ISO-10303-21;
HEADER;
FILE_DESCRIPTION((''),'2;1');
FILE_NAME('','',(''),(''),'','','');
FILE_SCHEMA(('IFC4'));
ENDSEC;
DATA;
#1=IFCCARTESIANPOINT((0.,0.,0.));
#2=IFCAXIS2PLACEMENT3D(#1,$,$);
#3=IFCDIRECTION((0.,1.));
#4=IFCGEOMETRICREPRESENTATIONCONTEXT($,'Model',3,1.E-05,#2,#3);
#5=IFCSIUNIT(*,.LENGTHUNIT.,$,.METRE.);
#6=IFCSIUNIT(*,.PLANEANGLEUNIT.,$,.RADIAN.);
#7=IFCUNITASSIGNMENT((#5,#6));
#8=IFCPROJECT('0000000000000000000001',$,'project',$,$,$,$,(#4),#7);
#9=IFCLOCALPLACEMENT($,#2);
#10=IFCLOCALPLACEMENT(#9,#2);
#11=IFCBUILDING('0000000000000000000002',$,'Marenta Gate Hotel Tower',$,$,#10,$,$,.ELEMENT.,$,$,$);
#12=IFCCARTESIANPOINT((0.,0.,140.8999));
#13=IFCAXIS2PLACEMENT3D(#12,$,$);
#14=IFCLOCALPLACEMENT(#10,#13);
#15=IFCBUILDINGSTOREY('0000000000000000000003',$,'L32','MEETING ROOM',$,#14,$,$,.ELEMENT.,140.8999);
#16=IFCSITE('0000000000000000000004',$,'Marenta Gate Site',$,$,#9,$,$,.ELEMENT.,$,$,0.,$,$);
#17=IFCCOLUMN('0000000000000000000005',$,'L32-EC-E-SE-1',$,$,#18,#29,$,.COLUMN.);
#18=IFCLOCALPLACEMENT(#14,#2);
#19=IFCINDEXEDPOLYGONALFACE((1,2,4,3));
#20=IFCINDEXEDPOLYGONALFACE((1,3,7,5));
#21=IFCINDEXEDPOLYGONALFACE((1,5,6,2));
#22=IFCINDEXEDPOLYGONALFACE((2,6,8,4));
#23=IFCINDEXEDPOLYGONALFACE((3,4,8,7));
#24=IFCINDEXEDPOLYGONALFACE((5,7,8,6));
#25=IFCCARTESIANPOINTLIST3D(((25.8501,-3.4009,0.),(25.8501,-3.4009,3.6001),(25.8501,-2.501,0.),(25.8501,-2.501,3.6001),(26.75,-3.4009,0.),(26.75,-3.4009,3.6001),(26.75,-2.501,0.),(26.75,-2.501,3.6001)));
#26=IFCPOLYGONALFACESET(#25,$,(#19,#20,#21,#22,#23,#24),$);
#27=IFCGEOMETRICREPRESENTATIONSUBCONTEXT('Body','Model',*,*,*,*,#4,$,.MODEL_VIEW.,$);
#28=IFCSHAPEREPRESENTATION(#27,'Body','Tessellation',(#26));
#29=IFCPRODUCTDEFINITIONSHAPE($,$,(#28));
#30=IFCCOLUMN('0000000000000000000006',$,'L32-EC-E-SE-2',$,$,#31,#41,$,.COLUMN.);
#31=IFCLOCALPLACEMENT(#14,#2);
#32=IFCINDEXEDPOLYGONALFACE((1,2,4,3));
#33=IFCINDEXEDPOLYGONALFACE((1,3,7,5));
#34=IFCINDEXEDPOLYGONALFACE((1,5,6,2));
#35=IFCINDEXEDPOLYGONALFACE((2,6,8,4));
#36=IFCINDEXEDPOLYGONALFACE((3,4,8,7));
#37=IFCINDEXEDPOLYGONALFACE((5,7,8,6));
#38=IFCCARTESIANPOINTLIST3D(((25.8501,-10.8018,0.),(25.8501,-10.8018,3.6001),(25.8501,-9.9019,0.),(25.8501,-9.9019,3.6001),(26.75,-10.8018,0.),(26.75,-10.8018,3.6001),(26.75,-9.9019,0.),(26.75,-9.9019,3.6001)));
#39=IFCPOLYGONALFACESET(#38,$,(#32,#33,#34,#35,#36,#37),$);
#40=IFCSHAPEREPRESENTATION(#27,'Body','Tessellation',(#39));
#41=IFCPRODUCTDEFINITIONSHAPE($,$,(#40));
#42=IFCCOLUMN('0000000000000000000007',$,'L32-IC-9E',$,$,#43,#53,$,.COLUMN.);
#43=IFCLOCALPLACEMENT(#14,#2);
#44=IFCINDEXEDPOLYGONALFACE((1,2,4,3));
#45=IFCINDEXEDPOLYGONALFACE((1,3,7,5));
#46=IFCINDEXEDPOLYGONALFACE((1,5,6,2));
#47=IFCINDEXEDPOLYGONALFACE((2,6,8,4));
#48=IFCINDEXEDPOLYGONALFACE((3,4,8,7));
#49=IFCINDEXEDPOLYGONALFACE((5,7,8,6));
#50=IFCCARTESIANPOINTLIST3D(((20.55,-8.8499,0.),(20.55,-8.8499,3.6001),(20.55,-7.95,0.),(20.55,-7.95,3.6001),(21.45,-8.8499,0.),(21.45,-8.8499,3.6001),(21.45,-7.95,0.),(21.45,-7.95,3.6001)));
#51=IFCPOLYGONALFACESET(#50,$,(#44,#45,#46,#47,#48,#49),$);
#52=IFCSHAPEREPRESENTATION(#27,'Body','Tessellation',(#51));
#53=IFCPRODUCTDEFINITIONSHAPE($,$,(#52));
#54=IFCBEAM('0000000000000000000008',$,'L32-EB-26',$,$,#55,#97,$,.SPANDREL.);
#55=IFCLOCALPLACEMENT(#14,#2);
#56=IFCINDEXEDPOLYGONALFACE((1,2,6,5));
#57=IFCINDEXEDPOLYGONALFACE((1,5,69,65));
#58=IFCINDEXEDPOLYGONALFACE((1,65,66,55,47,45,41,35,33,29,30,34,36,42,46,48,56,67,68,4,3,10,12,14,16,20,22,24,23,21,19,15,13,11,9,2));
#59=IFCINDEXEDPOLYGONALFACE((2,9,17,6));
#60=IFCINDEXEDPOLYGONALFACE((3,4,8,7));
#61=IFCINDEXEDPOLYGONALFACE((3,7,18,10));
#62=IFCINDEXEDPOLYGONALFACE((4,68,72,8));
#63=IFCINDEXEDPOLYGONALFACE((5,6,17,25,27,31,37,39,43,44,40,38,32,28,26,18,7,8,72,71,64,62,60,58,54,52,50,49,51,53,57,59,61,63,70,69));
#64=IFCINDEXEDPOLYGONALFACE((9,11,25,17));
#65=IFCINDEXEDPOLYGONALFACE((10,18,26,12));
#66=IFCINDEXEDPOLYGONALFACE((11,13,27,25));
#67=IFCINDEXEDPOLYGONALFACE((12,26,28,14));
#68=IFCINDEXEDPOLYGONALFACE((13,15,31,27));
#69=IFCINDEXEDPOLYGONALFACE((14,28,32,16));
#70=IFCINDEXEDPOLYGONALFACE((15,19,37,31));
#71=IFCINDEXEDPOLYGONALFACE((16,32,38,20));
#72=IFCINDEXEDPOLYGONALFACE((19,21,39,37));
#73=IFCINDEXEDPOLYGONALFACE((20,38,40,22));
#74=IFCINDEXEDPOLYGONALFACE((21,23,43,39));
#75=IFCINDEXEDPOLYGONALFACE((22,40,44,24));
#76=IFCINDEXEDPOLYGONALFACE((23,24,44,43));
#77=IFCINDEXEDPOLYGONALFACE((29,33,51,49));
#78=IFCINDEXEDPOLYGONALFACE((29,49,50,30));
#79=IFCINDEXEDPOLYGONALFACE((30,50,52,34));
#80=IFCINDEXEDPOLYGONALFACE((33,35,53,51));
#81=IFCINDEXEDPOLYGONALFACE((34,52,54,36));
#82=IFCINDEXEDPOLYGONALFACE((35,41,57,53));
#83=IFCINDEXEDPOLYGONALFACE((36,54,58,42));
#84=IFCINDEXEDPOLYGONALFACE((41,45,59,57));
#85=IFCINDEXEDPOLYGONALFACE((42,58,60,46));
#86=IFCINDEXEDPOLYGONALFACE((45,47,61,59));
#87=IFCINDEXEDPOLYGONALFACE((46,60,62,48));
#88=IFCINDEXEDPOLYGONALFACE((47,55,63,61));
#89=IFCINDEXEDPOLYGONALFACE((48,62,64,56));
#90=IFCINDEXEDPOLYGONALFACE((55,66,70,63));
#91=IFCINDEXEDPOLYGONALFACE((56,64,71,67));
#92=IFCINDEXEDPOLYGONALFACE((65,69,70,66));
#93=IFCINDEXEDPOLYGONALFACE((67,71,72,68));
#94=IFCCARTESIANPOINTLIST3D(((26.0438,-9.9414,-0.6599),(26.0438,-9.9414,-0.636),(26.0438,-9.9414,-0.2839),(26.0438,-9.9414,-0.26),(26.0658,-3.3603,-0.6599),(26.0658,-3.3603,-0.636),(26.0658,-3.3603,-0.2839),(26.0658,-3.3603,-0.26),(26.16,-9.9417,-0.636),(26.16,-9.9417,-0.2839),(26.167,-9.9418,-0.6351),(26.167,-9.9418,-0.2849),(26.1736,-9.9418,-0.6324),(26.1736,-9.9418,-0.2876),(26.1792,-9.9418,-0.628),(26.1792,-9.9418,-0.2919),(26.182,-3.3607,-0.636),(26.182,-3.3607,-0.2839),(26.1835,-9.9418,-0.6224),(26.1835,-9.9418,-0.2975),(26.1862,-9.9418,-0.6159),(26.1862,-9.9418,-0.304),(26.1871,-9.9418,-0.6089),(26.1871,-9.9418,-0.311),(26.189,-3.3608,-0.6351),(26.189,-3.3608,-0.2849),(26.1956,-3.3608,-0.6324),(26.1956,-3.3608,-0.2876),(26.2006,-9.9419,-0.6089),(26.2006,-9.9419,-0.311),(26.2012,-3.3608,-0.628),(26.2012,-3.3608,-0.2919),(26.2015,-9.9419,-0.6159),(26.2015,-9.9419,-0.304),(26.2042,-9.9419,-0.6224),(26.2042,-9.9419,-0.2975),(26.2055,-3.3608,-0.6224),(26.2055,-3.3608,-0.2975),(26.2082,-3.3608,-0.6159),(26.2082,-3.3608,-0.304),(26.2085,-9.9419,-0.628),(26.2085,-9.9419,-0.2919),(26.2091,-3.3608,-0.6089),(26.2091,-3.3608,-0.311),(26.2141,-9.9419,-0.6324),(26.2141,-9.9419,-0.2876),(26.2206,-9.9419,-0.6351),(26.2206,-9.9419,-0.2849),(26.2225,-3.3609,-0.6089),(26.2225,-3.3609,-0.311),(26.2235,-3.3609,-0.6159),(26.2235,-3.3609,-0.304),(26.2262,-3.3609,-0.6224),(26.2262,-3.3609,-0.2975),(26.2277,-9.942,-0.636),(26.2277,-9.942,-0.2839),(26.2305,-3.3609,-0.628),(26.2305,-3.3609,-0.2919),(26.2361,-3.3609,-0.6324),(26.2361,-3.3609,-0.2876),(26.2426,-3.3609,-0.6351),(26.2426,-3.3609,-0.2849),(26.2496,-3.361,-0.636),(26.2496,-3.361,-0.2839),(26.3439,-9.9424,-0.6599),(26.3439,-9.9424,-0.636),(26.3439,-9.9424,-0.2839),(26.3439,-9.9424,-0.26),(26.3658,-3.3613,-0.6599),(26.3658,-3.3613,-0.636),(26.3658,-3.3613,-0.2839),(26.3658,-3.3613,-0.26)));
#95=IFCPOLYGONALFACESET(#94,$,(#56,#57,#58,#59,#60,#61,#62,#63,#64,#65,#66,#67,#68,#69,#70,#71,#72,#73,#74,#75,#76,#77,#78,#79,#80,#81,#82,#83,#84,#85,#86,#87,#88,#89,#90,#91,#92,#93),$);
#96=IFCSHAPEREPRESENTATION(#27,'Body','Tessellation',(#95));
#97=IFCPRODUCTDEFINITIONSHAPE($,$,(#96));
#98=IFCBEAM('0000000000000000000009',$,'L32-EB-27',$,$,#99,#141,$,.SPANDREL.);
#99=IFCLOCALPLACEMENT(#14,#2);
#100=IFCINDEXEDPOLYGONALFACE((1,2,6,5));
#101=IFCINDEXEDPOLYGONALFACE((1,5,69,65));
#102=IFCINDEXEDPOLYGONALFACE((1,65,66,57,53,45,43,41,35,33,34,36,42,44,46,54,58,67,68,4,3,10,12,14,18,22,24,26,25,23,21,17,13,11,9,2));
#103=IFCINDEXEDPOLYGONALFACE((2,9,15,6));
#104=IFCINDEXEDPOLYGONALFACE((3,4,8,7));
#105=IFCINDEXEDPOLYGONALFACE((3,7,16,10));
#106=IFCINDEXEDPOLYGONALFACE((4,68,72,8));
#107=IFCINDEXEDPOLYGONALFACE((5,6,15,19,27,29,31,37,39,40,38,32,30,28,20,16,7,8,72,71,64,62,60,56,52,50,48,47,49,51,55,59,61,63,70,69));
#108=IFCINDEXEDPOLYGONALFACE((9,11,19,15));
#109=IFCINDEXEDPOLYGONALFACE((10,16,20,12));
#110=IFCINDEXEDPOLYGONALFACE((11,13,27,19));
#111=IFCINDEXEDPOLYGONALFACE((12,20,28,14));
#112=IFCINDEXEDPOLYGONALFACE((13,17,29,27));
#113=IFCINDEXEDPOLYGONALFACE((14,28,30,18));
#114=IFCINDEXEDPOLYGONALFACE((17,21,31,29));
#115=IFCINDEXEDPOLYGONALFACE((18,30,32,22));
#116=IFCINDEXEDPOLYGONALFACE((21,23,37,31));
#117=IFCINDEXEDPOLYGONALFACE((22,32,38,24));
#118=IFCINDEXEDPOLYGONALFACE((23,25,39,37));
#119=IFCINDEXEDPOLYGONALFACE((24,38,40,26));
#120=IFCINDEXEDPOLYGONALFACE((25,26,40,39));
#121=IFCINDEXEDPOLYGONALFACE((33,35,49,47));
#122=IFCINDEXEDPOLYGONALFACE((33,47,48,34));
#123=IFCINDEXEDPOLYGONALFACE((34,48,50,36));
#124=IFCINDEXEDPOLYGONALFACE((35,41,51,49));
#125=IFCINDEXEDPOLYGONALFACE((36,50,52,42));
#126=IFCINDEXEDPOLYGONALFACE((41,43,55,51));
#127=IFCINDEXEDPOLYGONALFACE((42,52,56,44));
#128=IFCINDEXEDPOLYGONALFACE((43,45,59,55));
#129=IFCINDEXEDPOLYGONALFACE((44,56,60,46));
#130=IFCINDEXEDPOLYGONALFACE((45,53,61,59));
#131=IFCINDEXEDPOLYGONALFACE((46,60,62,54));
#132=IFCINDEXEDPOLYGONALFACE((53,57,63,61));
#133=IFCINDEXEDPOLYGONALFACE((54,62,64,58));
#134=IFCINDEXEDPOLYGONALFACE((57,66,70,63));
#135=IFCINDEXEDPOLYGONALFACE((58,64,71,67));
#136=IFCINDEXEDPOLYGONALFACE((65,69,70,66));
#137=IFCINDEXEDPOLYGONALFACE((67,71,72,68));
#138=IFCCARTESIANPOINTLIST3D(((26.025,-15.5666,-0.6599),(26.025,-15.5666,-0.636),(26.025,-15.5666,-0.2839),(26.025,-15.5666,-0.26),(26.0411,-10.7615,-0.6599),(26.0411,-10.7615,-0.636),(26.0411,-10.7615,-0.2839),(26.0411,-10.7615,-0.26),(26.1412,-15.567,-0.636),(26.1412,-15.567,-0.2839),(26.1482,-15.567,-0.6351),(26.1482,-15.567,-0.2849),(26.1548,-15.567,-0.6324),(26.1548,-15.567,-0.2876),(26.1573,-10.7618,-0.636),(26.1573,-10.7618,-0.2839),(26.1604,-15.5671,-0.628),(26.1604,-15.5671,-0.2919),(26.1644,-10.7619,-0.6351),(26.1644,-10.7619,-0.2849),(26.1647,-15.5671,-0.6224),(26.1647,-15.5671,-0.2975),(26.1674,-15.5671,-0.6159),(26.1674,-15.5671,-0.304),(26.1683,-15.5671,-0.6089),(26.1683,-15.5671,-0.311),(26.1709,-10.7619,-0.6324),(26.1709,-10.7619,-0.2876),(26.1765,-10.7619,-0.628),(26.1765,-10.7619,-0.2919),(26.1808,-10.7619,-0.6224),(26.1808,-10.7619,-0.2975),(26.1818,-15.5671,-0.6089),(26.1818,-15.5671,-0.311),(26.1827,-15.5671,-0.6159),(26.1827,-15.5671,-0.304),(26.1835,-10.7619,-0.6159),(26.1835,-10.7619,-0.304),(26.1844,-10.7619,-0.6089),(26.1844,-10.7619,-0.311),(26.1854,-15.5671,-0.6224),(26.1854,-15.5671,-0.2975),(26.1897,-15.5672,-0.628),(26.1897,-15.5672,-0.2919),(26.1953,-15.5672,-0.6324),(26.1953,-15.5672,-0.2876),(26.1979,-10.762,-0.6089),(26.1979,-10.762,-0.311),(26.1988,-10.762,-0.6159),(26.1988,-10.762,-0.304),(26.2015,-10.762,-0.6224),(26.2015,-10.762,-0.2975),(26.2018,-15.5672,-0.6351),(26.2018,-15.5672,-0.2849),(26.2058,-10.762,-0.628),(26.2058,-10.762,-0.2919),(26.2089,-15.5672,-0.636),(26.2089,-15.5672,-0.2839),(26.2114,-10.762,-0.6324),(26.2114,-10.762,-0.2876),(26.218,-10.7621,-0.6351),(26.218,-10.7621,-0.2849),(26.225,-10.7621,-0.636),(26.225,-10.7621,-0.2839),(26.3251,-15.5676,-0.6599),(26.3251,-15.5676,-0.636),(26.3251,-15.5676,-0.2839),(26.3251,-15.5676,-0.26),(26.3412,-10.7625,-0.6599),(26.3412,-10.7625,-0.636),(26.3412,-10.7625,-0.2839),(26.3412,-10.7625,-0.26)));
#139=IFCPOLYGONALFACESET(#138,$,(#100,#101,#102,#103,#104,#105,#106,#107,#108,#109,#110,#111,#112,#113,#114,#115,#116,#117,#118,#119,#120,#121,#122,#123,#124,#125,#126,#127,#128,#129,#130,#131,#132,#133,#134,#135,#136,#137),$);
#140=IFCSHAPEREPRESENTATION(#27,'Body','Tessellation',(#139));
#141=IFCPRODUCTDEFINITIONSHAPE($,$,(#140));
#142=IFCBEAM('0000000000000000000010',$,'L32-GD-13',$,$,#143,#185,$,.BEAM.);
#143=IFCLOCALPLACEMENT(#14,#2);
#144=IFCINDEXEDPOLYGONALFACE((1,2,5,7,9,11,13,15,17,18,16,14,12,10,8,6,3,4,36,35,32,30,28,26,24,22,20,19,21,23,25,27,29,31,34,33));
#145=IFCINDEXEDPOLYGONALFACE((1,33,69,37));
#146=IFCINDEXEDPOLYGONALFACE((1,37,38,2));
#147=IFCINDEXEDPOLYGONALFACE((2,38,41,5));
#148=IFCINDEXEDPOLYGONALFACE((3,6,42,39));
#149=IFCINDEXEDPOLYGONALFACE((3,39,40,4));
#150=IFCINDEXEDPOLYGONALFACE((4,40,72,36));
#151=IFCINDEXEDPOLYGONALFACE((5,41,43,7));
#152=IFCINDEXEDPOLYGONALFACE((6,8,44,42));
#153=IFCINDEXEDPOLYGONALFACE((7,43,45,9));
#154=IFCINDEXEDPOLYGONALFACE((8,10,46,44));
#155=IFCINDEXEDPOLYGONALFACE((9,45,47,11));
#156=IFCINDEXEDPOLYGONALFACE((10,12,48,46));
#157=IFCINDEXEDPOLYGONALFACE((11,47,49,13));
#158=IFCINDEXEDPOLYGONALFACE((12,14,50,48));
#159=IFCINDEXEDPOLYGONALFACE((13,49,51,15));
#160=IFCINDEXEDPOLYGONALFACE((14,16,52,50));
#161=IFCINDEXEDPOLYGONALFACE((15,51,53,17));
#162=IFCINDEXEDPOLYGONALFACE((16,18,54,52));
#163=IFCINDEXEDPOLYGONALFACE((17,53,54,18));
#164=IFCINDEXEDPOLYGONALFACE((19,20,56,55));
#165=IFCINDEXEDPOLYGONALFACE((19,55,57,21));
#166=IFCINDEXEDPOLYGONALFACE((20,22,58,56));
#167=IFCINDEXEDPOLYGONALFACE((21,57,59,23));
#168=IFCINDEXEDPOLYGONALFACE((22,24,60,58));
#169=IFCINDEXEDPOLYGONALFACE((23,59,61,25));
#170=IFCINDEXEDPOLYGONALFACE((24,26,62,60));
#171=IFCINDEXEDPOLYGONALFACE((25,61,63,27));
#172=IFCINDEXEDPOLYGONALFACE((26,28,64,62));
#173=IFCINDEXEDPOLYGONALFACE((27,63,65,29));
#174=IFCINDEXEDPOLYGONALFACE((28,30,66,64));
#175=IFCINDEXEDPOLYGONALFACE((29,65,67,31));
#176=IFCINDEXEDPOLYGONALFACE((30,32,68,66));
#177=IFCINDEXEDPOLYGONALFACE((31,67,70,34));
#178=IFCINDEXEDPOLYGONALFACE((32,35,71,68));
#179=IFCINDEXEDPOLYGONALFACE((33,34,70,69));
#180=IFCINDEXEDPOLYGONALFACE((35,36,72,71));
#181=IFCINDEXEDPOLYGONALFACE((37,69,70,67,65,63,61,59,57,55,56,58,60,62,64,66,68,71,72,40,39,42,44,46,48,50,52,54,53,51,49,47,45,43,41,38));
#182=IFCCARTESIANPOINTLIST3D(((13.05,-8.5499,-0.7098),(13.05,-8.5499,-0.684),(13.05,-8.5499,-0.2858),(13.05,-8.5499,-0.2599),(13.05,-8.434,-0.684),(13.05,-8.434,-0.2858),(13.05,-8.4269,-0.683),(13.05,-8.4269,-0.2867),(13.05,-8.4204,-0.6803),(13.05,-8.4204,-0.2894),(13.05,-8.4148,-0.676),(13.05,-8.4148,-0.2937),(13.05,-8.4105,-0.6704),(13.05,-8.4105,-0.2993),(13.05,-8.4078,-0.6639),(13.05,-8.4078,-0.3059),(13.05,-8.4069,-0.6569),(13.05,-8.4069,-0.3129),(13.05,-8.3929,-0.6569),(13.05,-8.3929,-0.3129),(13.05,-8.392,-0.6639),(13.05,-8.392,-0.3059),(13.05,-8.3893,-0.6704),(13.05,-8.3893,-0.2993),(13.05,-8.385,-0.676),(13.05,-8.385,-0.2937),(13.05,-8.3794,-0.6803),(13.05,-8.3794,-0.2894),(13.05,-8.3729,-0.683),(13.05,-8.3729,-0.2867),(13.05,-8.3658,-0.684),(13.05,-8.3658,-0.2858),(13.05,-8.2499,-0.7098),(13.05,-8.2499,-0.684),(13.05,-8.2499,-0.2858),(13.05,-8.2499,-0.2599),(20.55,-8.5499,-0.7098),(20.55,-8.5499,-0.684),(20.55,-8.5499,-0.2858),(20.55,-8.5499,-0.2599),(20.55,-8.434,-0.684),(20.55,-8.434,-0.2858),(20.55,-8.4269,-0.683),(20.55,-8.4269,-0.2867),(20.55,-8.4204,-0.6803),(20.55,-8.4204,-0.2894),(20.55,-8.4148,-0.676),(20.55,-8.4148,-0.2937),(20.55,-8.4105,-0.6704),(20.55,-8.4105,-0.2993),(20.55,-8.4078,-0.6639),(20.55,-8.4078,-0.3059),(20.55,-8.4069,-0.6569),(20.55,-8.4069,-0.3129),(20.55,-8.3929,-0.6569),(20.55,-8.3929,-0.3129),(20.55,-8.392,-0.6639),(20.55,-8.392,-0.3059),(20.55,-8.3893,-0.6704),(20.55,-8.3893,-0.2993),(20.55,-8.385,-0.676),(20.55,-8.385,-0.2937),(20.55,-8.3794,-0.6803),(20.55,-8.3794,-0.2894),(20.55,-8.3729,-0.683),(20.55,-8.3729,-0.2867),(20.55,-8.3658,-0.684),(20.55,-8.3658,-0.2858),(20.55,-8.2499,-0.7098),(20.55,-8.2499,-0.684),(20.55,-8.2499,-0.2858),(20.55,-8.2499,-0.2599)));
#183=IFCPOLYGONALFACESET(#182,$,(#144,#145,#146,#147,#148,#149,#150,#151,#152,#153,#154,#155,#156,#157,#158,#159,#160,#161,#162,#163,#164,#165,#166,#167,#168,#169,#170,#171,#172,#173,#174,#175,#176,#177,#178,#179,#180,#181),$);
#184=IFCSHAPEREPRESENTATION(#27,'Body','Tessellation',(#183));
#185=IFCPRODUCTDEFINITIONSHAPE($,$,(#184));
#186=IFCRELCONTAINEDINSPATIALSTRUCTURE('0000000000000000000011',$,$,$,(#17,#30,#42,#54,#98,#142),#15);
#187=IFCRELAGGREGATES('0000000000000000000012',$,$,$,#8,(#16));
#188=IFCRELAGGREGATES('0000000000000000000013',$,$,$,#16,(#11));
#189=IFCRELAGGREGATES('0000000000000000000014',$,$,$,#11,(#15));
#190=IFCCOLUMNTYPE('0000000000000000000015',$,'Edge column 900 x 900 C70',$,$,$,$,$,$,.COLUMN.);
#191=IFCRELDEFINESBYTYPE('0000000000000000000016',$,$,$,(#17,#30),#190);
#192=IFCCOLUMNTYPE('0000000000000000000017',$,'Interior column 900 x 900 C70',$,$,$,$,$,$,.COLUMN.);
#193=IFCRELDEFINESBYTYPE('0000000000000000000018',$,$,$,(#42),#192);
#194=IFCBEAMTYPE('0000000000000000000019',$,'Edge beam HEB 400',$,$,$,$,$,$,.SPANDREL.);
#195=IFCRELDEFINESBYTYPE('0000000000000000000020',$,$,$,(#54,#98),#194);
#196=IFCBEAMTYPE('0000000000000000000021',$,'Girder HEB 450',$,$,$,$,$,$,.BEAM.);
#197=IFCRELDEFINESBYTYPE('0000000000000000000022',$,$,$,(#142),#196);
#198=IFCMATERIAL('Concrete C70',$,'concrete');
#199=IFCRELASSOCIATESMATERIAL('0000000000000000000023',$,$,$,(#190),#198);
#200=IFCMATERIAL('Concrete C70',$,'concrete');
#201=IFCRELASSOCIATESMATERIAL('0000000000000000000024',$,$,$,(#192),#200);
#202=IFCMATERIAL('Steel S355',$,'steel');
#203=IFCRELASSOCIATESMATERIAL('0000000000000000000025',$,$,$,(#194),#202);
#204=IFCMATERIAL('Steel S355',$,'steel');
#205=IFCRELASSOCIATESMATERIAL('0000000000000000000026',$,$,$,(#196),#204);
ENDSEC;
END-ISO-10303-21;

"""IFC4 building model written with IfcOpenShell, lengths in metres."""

from ifc_helpers import new_model, si_unit, direction, frame, origin, origin_2d, place, context, subcontext, project, spatial, rectangle, i_section, extrude, material, material_profile, profile_set, type_object, element, save


model = new_model("IFC4")

# Units and contexts
model_context = context("Model", 3, precision=1e-05, world=origin(), true_north=direction((0.0, 1.0)))
body_context = subcontext(model_context, "Body", "Model", "MODEL_VIEW")
ifc_project = project(units=[si_unit("LENGTHUNIT", "METRE"), si_unit("PLANEANGLEUNIT", "RADIAN")], contexts=[model_context])

# Site, building, storey
site_placement = place(None, origin())
site = spatial("IfcSite", under=ifc_project, at=site_placement, Name="Marenta Gate Site", CompositionType="ELEMENT", RefElevation=0.0)
building_placement = place(site_placement, origin())
building = spatial("IfcBuilding", under=site, at=building_placement, Name="Marenta Gate Hotel Tower", CompositionType="ELEMENT")
storey_placement = place(building_placement, frame((0.0, 0.0, 140.8999)))
storey = spatial("IfcBuildingStorey", under=building, at=storey_placement, Name="L32", Description="MEETING ROOM", CompositionType="ELEMENT", Elevation=140.8999)

# Columns
ifc_material_1 = material(Name="Concrete C70", Category="concrete")
ifc_material_profile_1 = material_profile(ifc_material_1, rectangle(XDim=0.8999, YDim=0.8999, at=origin_2d()), Name="900 x 900")
ifc_profile_set_1 = profile_set([ifc_material_profile_1], Name="Concrete C70")
column_type_1 = type_object("IfcColumnType", Name="Edge column 900 x 900 C70", PredefinedType="COLUMN", material=ifc_profile_set_1)
for number, where, z_axis, x_axis, name in (
    (1, (26.3, -2.9509, 0.0), (0.0, 0.0, 1.0), (1.0, 0.0, 0.0), "L32-EC-E-SE-1"),
    (2, (26.3, -10.3518, 0.0), (0.0, 0.0, 1.0), (1.0, 0.0, 0.0), "L32-EC-E-SE-2"),
):
    element("IfcColumn", number, at=place(storey_placement, frame(where, z_axis=z_axis, x_axis=x_axis)), inside=storey, type_object=column_type_1, Name=name, PredefinedType="COLUMN", context=body_context, shape_type="SweptSolid", body=[
        extrude(rectangle(XDim=0.8999, YDim=0.8999, at=origin_2d()), origin(), (0.0, 0.0, 1.0), 3.6001),
    ])
ifc_material_2 = material(Name="Concrete C70", Category="concrete")
ifc_material_profile_2 = material_profile(ifc_material_2, rectangle(XDim=0.8999, YDim=0.8999, at=origin_2d()), Name="900 x 900")
ifc_profile_set_2 = profile_set([ifc_material_profile_2], Name="Concrete C70")
column_type_2 = type_object("IfcColumnType", Name="Interior column 900 x 900 C70", PredefinedType="COLUMN", material=ifc_profile_set_2)
column_placement = place(storey_placement, frame((21.0, -8.3999, 0.0), z_axis=(0.0, 0.0, 1.0), x_axis=(1.0, 0.0, 0.0)))
element("IfcColumn", 3, at=column_placement, inside=storey, type_object=column_type_2, Name="L32-IC-9E", PredefinedType="COLUMN", context=body_context, shape_type="SweptSolid", body=[
    extrude(rectangle(XDim=0.8999, YDim=0.8999, at=origin_2d()), origin(), (0.0, 0.0, 1.0), 3.6001),
])

# Beams
ifc_material_3 = material(Name="Steel S355", Category="steel")
ifc_material_profile_3 = material_profile(ifc_material_3, i_section(OverallWidth=0.3, OverallDepth=0.3999, WebThickness=0.0134, FlangeThickness=0.0239, FilletRadius=0.0271, at=origin_2d()), Name="HEB 400")
ifc_profile_set_3 = profile_set([ifc_material_profile_3], Name="Steel S355")
beam_type_1 = type_object("IfcBeamType", Name="Edge beam HEB 400", PredefinedType="SPANDREL", material=ifc_profile_set_3)
beam_1_placement = place(storey_placement, frame((26.2158, -3.3608, -0.46), z_axis=(-0.003339, -0.999994, 0.0), x_axis=(0.999994, -0.003339, 0.0)))
element("IfcBeam", 4, at=beam_1_placement, inside=storey, type_object=beam_type_1, Name="L32-EB-26", PredefinedType="SPANDREL", context=body_context, shape_type="SweptSolid", body=[
    extrude(i_section(OverallWidth=0.3, OverallDepth=0.3999, WebThickness=0.0134, FlangeThickness=0.0239, FilletRadius=0.0271, at=origin_2d()), origin(), (0.0, 0.0, 1.0), 6.5811),
])
beam_2_placement = place(storey_placement, frame((26.1912, -10.762, -0.46), z_axis=(-0.003353, -0.999994, 0.0), x_axis=(0.999994, -0.003353, 0.0)))
element("IfcBeam", 5, at=beam_2_placement, inside=storey, type_object=beam_type_1, Name="L32-EB-27", PredefinedType="SPANDREL", context=body_context, shape_type="SweptSolid", body=[
    extrude(i_section(OverallWidth=0.3, OverallDepth=0.3999, WebThickness=0.0134, FlangeThickness=0.0239, FilletRadius=0.0271, at=origin_2d()), origin(), (0.0, 0.0, 1.0), 4.8052),
])
ifc_material_4 = material(Name="Steel S355", Category="steel")
ifc_material_profile_4 = material_profile(ifc_material_4, i_section(OverallWidth=0.3, OverallDepth=0.45, WebThickness=0.0139, FlangeThickness=0.0259, FilletRadius=0.0271, at=origin_2d()), Name="HEB 450")
ifc_profile_set_4 = profile_set([ifc_material_profile_4], Name="Steel S355")
beam_type_2 = type_object("IfcBeamType", Name="Girder HEB 450", PredefinedType="BEAM", material=ifc_profile_set_4)
beam_3_placement = place(storey_placement, frame((13.05, -8.3999, -0.4849), z_axis=(1.0, 0.0, 0.0), x_axis=(0.0, 1.0, 0.0)))
element("IfcBeam", 6, at=beam_3_placement, inside=storey, type_object=beam_type_2, Name="L32-GD-13", PredefinedType="BEAM", context=body_context, shape_type="SweptSolid", body=[
    extrude(i_section(OverallWidth=0.3, OverallDepth=0.45, WebThickness=0.0139, FlangeThickness=0.0259, FilletRadius=0.0271, at=origin_2d()), origin(), (0.0, 0.0, 1.0), 7.5),
])

save(model, "model.ifc")
